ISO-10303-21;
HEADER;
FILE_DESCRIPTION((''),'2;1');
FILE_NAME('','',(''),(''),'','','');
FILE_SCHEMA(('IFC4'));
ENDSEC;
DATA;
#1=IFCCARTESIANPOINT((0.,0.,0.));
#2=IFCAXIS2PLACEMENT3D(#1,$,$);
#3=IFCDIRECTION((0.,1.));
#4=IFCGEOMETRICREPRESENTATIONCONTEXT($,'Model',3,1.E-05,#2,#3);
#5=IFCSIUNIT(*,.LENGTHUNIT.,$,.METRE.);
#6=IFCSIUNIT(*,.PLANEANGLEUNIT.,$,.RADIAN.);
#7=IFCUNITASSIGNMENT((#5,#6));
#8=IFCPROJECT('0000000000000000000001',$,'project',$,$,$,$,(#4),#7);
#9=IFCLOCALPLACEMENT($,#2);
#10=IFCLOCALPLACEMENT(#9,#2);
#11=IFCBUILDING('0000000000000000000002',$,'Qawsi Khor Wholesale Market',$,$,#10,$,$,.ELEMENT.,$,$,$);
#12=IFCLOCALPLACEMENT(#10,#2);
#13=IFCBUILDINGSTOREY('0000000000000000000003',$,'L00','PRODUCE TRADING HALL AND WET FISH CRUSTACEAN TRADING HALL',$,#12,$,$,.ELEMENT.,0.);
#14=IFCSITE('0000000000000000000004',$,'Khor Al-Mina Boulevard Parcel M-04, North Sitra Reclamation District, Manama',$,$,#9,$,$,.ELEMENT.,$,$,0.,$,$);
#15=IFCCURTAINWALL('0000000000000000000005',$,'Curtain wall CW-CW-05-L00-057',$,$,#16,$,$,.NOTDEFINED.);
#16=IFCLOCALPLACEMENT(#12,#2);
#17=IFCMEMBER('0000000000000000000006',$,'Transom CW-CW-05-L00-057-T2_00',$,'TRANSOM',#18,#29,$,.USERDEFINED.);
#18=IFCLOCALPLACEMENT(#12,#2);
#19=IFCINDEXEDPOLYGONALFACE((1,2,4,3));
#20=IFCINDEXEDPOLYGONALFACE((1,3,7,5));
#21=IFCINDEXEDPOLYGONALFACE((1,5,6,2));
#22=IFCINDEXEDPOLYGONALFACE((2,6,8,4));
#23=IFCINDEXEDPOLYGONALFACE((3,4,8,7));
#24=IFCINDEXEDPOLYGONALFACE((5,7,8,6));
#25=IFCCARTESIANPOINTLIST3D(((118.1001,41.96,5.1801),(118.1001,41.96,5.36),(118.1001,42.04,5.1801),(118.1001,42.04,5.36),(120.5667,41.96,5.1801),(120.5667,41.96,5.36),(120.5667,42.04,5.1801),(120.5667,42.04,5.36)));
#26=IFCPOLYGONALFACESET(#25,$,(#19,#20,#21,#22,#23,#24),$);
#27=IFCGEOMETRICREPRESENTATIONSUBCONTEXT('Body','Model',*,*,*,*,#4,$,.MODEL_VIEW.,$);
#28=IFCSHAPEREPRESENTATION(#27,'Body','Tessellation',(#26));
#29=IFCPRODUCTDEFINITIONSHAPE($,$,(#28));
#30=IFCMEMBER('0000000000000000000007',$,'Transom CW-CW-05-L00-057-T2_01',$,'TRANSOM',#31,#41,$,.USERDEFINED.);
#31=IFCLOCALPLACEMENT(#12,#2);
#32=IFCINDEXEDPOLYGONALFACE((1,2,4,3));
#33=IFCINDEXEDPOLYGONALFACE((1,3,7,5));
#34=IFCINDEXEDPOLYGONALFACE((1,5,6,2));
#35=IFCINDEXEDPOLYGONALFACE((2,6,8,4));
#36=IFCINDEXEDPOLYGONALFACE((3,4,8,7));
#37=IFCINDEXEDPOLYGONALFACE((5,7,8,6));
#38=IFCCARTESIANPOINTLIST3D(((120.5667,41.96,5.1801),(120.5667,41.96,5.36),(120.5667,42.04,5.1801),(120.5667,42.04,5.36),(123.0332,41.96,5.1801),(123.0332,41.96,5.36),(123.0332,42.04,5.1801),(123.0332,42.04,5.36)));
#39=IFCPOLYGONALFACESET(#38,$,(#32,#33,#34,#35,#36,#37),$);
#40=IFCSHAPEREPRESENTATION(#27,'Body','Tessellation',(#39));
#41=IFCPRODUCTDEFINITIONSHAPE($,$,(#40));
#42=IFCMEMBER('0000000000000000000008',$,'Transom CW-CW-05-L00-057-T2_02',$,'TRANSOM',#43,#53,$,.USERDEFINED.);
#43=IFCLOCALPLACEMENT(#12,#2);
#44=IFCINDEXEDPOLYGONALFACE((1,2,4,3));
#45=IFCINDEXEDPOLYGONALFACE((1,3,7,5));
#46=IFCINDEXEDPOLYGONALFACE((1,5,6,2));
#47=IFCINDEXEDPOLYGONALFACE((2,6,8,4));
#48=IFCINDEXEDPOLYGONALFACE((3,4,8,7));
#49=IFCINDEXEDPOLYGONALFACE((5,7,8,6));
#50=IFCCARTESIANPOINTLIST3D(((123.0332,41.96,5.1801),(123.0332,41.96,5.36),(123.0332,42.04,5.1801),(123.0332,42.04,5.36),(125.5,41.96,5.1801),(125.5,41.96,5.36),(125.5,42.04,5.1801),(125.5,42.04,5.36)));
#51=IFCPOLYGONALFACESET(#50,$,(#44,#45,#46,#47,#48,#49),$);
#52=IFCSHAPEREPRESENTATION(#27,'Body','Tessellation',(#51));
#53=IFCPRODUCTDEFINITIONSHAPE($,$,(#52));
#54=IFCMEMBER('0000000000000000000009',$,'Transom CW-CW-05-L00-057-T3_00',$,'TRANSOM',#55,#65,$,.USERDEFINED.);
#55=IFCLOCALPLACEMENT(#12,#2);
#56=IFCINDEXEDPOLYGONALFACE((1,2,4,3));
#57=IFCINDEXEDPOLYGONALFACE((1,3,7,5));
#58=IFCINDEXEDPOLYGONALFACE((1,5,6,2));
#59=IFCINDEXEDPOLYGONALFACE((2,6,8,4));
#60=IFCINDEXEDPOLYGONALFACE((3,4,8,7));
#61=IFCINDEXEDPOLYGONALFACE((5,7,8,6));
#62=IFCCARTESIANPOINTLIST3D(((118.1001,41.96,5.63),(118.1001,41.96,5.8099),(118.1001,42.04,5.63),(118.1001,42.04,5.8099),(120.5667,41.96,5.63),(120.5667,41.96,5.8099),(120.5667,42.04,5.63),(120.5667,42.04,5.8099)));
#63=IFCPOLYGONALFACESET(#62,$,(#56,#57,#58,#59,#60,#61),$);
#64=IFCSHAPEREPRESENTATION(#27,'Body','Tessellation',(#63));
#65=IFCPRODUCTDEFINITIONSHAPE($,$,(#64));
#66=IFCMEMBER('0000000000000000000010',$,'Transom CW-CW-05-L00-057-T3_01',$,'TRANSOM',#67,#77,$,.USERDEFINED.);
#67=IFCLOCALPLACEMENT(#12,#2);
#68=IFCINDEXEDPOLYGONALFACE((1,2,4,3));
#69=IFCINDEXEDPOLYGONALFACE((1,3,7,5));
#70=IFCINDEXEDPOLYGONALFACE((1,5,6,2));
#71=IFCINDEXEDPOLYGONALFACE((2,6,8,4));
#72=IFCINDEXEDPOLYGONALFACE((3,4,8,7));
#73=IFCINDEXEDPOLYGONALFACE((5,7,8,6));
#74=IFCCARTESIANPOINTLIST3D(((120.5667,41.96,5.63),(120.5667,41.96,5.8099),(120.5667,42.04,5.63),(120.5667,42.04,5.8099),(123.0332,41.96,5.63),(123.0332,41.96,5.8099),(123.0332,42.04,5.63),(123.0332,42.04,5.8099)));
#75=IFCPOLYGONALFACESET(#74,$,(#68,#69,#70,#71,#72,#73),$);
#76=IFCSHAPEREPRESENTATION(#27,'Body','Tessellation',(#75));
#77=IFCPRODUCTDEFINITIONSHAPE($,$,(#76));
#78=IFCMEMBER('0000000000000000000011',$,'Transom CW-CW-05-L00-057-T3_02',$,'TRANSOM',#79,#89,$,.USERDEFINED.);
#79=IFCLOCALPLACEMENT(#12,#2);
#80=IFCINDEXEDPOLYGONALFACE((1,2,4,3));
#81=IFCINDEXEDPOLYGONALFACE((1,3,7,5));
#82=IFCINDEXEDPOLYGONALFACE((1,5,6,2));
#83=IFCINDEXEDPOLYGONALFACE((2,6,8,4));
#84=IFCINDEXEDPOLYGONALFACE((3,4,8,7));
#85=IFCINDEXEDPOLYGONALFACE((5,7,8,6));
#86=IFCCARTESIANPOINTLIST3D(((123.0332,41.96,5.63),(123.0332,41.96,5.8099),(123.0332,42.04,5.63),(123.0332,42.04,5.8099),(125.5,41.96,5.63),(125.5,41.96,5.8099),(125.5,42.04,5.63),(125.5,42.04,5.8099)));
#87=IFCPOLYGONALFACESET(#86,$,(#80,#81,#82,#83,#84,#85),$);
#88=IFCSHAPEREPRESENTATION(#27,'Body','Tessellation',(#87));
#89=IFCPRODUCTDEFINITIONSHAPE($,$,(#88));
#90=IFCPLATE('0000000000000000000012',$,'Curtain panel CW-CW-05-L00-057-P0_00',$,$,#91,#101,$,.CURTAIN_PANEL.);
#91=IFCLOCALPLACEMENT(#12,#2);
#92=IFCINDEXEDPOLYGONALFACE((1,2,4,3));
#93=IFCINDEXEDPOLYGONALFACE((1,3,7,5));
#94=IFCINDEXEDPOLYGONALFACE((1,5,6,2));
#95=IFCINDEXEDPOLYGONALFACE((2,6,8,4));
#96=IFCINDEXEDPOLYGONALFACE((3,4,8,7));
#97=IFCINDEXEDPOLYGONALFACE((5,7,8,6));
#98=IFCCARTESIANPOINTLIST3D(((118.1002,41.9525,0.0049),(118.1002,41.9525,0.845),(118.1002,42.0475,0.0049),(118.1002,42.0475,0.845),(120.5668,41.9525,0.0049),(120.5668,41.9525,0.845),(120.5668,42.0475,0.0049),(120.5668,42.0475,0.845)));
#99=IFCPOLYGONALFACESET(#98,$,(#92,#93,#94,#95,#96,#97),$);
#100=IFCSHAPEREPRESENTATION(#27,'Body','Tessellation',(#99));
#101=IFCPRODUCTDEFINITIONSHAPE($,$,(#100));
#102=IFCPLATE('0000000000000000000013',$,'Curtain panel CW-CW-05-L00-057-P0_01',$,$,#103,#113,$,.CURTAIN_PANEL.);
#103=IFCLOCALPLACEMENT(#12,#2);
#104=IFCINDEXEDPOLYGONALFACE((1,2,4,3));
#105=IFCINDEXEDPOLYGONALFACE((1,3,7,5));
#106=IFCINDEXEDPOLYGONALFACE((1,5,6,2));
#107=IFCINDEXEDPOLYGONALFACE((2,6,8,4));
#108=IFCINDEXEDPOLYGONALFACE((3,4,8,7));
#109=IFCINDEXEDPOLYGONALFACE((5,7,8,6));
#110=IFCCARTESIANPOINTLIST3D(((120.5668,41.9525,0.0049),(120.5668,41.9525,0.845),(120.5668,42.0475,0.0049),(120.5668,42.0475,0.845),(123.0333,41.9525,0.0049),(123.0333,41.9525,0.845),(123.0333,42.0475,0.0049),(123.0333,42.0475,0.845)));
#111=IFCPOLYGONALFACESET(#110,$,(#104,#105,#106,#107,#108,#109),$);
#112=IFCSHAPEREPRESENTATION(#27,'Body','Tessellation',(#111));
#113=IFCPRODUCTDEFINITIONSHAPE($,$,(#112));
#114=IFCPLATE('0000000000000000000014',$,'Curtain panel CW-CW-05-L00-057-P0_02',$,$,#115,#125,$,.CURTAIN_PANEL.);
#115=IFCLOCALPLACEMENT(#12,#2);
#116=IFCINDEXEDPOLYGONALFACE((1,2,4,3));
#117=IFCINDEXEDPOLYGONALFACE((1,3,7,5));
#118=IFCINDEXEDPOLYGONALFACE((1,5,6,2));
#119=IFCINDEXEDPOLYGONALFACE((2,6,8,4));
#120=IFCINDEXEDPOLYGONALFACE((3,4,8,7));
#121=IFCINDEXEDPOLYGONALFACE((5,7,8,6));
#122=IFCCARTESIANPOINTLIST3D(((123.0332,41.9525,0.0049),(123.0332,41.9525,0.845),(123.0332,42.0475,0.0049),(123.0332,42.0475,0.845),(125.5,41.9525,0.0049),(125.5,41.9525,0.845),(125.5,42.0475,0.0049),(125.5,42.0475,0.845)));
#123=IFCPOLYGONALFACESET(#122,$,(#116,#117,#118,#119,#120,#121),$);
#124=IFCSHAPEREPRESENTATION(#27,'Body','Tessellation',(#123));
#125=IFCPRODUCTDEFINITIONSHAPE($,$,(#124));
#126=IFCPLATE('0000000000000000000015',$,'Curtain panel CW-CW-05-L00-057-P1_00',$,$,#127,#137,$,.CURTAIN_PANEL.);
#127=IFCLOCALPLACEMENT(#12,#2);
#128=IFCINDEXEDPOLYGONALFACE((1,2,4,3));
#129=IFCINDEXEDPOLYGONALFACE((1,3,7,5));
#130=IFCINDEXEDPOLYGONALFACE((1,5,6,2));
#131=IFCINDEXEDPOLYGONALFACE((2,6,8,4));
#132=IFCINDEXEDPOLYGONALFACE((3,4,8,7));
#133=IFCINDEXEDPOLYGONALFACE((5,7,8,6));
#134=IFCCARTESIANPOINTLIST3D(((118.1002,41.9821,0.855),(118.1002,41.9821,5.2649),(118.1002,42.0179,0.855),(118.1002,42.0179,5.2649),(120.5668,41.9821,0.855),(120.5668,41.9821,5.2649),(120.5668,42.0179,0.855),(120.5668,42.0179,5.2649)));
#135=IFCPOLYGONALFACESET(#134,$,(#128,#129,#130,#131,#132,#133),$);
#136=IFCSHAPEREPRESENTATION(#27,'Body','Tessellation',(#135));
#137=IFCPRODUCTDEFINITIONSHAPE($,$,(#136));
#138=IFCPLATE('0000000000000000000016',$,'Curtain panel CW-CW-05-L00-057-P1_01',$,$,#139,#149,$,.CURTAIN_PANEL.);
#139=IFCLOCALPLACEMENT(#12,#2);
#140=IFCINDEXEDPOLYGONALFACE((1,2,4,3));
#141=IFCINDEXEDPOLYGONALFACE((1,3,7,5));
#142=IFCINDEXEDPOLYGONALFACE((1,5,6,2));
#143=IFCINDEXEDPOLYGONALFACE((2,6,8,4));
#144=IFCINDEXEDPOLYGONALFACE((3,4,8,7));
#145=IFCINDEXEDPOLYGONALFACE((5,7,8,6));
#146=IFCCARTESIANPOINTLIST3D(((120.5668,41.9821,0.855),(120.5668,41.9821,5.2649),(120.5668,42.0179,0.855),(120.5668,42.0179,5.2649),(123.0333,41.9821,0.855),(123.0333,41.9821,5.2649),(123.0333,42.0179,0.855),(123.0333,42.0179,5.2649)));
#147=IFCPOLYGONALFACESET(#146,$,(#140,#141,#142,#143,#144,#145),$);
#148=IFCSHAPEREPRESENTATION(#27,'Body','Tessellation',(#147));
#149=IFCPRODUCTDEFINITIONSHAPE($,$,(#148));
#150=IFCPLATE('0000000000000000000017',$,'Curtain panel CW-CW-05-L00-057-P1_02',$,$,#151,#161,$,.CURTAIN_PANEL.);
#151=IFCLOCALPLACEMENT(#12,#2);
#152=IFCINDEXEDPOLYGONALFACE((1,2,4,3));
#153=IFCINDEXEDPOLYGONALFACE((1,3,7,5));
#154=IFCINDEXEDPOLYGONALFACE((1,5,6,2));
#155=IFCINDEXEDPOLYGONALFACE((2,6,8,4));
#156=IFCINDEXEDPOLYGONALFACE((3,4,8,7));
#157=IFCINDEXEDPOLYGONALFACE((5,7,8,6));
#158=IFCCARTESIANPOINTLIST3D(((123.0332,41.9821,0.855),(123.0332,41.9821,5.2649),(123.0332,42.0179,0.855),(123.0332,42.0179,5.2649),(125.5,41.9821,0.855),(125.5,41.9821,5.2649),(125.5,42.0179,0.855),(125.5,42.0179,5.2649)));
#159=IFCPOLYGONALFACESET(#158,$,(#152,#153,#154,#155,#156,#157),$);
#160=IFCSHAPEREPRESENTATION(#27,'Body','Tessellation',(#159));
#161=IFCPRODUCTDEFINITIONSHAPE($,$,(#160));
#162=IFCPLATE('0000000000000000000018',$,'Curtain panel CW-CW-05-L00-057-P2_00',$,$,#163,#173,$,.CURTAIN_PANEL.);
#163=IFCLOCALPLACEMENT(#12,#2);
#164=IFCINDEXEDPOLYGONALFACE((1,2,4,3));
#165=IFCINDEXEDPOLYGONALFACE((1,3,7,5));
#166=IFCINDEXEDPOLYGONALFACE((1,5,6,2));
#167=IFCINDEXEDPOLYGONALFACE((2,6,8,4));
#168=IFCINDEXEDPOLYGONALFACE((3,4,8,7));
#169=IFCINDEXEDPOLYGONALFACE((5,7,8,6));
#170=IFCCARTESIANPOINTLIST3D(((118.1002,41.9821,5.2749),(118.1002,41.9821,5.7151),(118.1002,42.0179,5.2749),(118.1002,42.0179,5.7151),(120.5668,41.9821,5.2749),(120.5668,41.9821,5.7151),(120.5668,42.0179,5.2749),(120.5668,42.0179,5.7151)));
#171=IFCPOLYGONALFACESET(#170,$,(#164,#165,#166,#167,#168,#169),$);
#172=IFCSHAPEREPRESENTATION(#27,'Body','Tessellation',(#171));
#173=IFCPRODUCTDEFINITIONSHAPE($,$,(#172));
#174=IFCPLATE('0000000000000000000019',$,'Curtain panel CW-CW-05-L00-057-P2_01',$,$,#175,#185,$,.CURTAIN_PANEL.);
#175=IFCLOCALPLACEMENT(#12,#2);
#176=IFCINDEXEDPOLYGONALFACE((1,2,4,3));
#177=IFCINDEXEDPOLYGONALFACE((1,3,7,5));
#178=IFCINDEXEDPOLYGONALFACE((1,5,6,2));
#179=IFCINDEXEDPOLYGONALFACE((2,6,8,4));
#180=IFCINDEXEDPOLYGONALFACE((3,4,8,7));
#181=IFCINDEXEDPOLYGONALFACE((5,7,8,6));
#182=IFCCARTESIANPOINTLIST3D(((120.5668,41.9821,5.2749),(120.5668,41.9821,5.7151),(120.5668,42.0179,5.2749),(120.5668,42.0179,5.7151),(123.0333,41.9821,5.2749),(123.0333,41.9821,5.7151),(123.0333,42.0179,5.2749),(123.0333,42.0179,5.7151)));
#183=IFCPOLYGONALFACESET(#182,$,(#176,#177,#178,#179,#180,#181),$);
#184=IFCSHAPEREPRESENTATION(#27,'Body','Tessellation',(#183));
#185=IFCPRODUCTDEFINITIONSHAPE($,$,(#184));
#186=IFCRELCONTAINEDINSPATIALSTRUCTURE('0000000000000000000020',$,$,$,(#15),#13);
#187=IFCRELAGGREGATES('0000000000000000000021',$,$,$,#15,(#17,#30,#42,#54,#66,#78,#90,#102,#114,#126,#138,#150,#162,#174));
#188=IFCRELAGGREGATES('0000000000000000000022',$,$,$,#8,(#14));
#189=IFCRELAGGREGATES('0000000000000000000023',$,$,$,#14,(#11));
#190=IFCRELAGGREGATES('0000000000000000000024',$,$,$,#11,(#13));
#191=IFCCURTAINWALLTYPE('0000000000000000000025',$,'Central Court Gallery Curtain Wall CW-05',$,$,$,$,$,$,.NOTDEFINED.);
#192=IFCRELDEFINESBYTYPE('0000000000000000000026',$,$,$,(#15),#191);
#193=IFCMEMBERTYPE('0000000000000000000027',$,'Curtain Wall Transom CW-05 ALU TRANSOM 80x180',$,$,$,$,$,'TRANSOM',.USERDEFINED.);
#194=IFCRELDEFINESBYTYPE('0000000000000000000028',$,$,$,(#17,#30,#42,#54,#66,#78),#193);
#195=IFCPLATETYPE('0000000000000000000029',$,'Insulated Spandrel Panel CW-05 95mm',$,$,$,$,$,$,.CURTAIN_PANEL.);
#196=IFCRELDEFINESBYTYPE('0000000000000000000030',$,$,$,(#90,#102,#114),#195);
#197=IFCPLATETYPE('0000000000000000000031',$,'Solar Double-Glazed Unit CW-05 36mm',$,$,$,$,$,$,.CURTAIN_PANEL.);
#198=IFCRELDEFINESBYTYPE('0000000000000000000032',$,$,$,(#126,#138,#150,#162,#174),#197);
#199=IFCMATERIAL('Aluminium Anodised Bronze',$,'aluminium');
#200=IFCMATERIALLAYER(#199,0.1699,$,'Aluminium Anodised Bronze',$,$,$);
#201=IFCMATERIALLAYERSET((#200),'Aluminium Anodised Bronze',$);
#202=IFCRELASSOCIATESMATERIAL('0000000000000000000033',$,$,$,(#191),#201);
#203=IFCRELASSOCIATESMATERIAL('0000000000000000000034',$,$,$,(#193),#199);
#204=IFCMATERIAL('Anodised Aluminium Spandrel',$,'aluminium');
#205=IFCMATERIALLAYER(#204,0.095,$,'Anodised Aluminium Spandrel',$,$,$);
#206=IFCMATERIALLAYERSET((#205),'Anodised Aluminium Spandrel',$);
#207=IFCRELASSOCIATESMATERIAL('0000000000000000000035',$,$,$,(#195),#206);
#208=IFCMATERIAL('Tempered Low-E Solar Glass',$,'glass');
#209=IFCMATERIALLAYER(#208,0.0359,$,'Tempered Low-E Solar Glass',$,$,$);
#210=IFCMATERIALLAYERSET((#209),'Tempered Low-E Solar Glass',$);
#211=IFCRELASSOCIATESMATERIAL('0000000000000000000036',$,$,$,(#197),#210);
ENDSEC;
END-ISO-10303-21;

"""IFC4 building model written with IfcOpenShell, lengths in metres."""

from ifc_helpers import new_model, si_unit, direction, frame, frame_2d, origin, origin_2d, place, context, subcontext, project, spatial, rectangle, extrude, material, layer, layer_set, material_profile, profile_set, type_object, element, aggregate, save


model = new_model("IFC4")

# Units and contexts
model_context = context("Model", 3, precision=1e-05, world=origin(), true_north=direction((0.0, 1.0)))
body_context = subcontext(model_context, "Body", "Model", "MODEL_VIEW")
ifc_project = project(units=[si_unit("LENGTHUNIT", "METRE"), si_unit("PLANEANGLEUNIT", "RADIAN")], contexts=[model_context])

# Site, building, storey
site_placement = place(None, origin())
site = spatial("IfcSite", under=ifc_project, at=site_placement, Name="Khor Al-Mina Boulevard Parcel M-04, North Sitra Reclamation District, Manama", CompositionType="ELEMENT", RefElevation=0.0)
building_placement = place(site_placement, origin())
building = spatial("IfcBuilding", under=site, at=building_placement, Name="Qawsi Khor Wholesale Market", CompositionType="ELEMENT")
storey_placement = place(building_placement, origin())
storey = spatial("IfcBuildingStorey", under=building, at=storey_placement, Name="L00", Description="PRODUCE TRADING HALL AND WET FISH CRUSTACEAN TRADING HALL", CompositionType="ELEMENT", Elevation=0.0)

# Curtain wall, members, plates
ifc_material_1 = material(Name="Aluminium Anodised Bronze", Category="aluminium")
ifc_layer_1 = layer(ifc_material_1, 0.1699, Name="Aluminium Anodised Bronze")
ifc_layer_set_1 = layer_set([ifc_layer_1], Name="Aluminium Anodised Bronze")
curtain_wall_type = type_object("IfcCurtainWallType", Name="Central Court Gallery Curtain Wall CW-05", PredefinedType="NOTDEFINED", material=ifc_layer_set_1)
curtain_wall_placement = place(storey_placement, origin())
curtain_wall = element("IfcCurtainWall", 1, at=curtain_wall_placement, inside=storey, type_object=curtain_wall_type, Name="Curtain wall CW-CW-05-L00-057", PredefinedType="NOTDEFINED")
ifc_material_profile_1 = material_profile(ifc_material_1, rectangle(XDim=0.0801, YDim=0.1799, at=origin_2d()), Name="ALU TRANSOM 80x180")
ifc_profile_set_1 = profile_set([ifc_material_profile_1], Name="Aluminium Anodised Bronze")
member_type_1 = type_object("IfcMemberType", Name="Curtain Wall Transom CW-05 ALU TRANSOM 80x180", ElementType="TRANSOM", PredefinedType="USERDEFINED", material=ifc_profile_set_1)
member_1_placement = place(storey_placement, frame((118.1001, 42.0, 5.27), z_axis=(1.0, 0.0, 0.0), x_axis=(0.0, 1.0, 0.0)))
member_1 = element("IfcMember", 2, at=member_1_placement, type_object=member_type_1, Name="Transom CW-CW-05-L00-057-T2_00", ObjectType="TRANSOM", PredefinedType="USERDEFINED", context=body_context, shape_type="SweptSolid", body=[
    extrude(rectangle(XDim=0.0801, YDim=0.1799, at=origin_2d()), origin(), (0.0, 0.0, 1.0), 2.4666),
])
member_2_placement = place(storey_placement, frame((120.5667, 42.0, 5.27), z_axis=(1.0, 0.0, 0.0), x_axis=(0.0, 1.0, 0.0)))
member_2 = element("IfcMember", 3, at=member_2_placement, type_object=member_type_1, Name="Transom CW-CW-05-L00-057-T2_01", ObjectType="TRANSOM", PredefinedType="USERDEFINED", context=body_context, shape_type="SweptSolid", body=[
    extrude(rectangle(XDim=0.0801, YDim=0.1799, at=origin_2d()), origin(), (0.0, 0.0, 1.0), 2.4666),
])
member_3_placement = place(storey_placement, frame((123.0332, 42.0, 5.27), z_axis=(1.0, 0.0, 0.0), x_axis=(0.0, 1.0, 0.0)))
member_3 = element("IfcMember", 4, at=member_3_placement, type_object=member_type_1, Name="Transom CW-CW-05-L00-057-T2_02", ObjectType="TRANSOM", PredefinedType="USERDEFINED", context=body_context, shape_type="SweptSolid", body=[
    extrude(rectangle(XDim=0.0801, YDim=0.1799, at=origin_2d()), origin(), (0.0, 0.0, 1.0), 2.4668),
])
member_4_placement = place(storey_placement, frame((118.1001, 42.0, 5.72), z_axis=(1.0, 0.0, 0.0), x_axis=(0.0, 1.0, 0.0)))
member_4 = element("IfcMember", 5, at=member_4_placement, type_object=member_type_1, Name="Transom CW-CW-05-L00-057-T3_00", ObjectType="TRANSOM", PredefinedType="USERDEFINED", context=body_context, shape_type="SweptSolid", body=[
    extrude(rectangle(XDim=0.0801, YDim=0.1799, at=origin_2d()), origin(), (0.0, 0.0, 1.0), 2.4666),
])
member_5_placement = place(storey_placement, frame((120.5667, 42.0, 5.72), z_axis=(1.0, 0.0, 0.0), x_axis=(0.0, 1.0, 0.0)))
member_5 = element("IfcMember", 6, at=member_5_placement, type_object=member_type_1, Name="Transom CW-CW-05-L00-057-T3_01", ObjectType="TRANSOM", PredefinedType="USERDEFINED", context=body_context, shape_type="SweptSolid", body=[
    extrude(rectangle(XDim=0.0801, YDim=0.1799, at=origin_2d()), origin(), (0.0, 0.0, 1.0), 2.4666),
])
member_6_placement = place(storey_placement, frame((123.0332, 42.0, 5.72), z_axis=(1.0, 0.0, 0.0), x_axis=(0.0, 1.0, 0.0)))
member_6 = element("IfcMember", 7, at=member_6_placement, type_object=member_type_1, Name="Transom CW-CW-05-L00-057-T3_02", ObjectType="TRANSOM", PredefinedType="USERDEFINED", context=body_context, shape_type="SweptSolid", body=[
    extrude(rectangle(XDim=0.0801, YDim=0.1799, at=origin_2d()), origin(), (0.0, 0.0, 1.0), 2.4668),
])
ifc_material_2 = material(Name="Anodised Aluminium Spandrel", Category="aluminium")
ifc_layer_2 = layer(ifc_material_2, 0.095, Name="Anodised Aluminium Spandrel")
ifc_layer_set_2 = layer_set([ifc_layer_2], Name="Anodised Aluminium Spandrel")
plate_type_1 = type_object("IfcPlateType", Name="Insulated Spandrel Panel CW-05 95mm", PredefinedType="CURTAIN_PANEL", material=ifc_layer_set_2)
plate_1_placement = place(storey_placement, frame((118.1001, 42.0, 0.0049), z_axis=(0.0, 0.0, 1.0), x_axis=(1.0, 0.0, 0.0)))
plate_1 = element("IfcPlate", 8, at=plate_1_placement, type_object=plate_type_1, Name="Curtain panel CW-CW-05-L00-057-P0_00", PredefinedType="CURTAIN_PANEL", context=body_context, shape_type="SweptSolid", body=[
    extrude(rectangle(XDim=2.4666, YDim=0.095, at=frame_2d((1.2334, 0.0))), origin(), (0.0, 0.0, 1.0), 0.8401),
])
plate_2_placement = place(storey_placement, frame((120.5667, 42.0, 0.0049), z_axis=(0.0, 0.0, 1.0), x_axis=(1.0, 0.0, 0.0)))
plate_2 = element("IfcPlate", 9, at=plate_2_placement, type_object=plate_type_1, Name="Curtain panel CW-CW-05-L00-057-P0_01", PredefinedType="CURTAIN_PANEL", context=body_context, shape_type="SweptSolid", body=[
    extrude(rectangle(XDim=2.4666, YDim=0.095, at=frame_2d((1.2334, 0.0))), origin(), (0.0, 0.0, 1.0), 0.8401),
])
plate_3_placement = place(storey_placement, frame((123.0332, 42.0, 0.0049), z_axis=(0.0, 0.0, 1.0), x_axis=(1.0, 0.0, 0.0)))
plate_3 = element("IfcPlate", 10, at=plate_3_placement, type_object=plate_type_1, Name="Curtain panel CW-CW-05-L00-057-P0_02", PredefinedType="CURTAIN_PANEL", context=body_context, shape_type="SweptSolid", body=[
    extrude(rectangle(XDim=2.4668, YDim=0.095, at=frame_2d((1.2334, 0.0))), origin(), (0.0, 0.0, 1.0), 0.8401),
])
ifc_material_3 = material(Name="Tempered Low-E Solar Glass", Category="glass")
ifc_layer_3 = layer(ifc_material_3, 0.0359, Name="Tempered Low-E Solar Glass")
ifc_layer_set_3 = layer_set([ifc_layer_3], Name="Tempered Low-E Solar Glass")
plate_type_2 = type_object("IfcPlateType", Name="Solar Double-Glazed Unit CW-05 36mm", PredefinedType="CURTAIN_PANEL", material=ifc_layer_set_3)
plate_4_placement = place(storey_placement, frame((118.1001, 42.0, 0.855), z_axis=(0.0, 0.0, 1.0), x_axis=(1.0, 0.0, 0.0)))
plate_4 = element("IfcPlate", 11, at=plate_4_placement, type_object=plate_type_2, Name="Curtain panel CW-CW-05-L00-057-P1_00", PredefinedType="CURTAIN_PANEL", context=body_context, shape_type="SweptSolid", body=[
    extrude(rectangle(XDim=2.4666, YDim=0.0359, at=frame_2d((1.2334, 0.0))), origin(), (0.0, 0.0, 1.0), 4.4099),
])
plate_5_placement = place(storey_placement, frame((120.5667, 42.0, 0.855), z_axis=(0.0, 0.0, 1.0), x_axis=(1.0, 0.0, 0.0)))
plate_5 = element("IfcPlate", 12, at=plate_5_placement, type_object=plate_type_2, Name="Curtain panel CW-CW-05-L00-057-P1_01", PredefinedType="CURTAIN_PANEL", context=body_context, shape_type="SweptSolid", body=[
    extrude(rectangle(XDim=2.4666, YDim=0.0359, at=frame_2d((1.2334, 0.0))), origin(), (0.0, 0.0, 1.0), 4.4099),
])
plate_6_placement = place(storey_placement, frame((123.0332, 42.0, 0.855), z_axis=(0.0, 0.0, 1.0), x_axis=(1.0, 0.0, 0.0)))
plate_6 = element("IfcPlate", 13, at=plate_6_placement, type_object=plate_type_2, Name="Curtain panel CW-CW-05-L00-057-P1_02", PredefinedType="CURTAIN_PANEL", context=body_context, shape_type="SweptSolid", body=[
    extrude(rectangle(XDim=2.4668, YDim=0.0359, at=frame_2d((1.2334, 0.0))), origin(), (0.0, 0.0, 1.0), 4.4099),
])
plate_7_placement = place(storey_placement, frame((118.1001, 42.0, 5.2749), z_axis=(0.0, 0.0, 1.0), x_axis=(1.0, 0.0, 0.0)))
plate_7 = element("IfcPlate", 14, at=plate_7_placement, type_object=plate_type_2, Name="Curtain panel CW-CW-05-L00-057-P2_00", PredefinedType="CURTAIN_PANEL", context=body_context, shape_type="SweptSolid", body=[
    extrude(rectangle(XDim=2.4666, YDim=0.0359, at=frame_2d((1.2334, 0.0))), origin(), (0.0, 0.0, 1.0), 0.4402),
])
plate_8_placement = place(storey_placement, frame((120.5667, 42.0, 5.2749), z_axis=(0.0, 0.0, 1.0), x_axis=(1.0, 0.0, 0.0)))
plate_8 = element("IfcPlate", 15, at=plate_8_placement, type_object=plate_type_2, Name="Curtain panel CW-CW-05-L00-057-P2_01", PredefinedType="CURTAIN_PANEL", context=body_context, shape_type="SweptSolid", body=[
    extrude(rectangle(XDim=2.4666, YDim=0.0359, at=frame_2d((1.2334, 0.0))), origin(), (0.0, 0.0, 1.0), 0.4402),
])
aggregate(curtain_wall, [member_1, member_2, member_3, member_4, member_5, member_6, plate_1, plate_2, plate_3, plate_4, plate_5, plate_6, plate_7, plate_8])

save(model, "model.ifc")
